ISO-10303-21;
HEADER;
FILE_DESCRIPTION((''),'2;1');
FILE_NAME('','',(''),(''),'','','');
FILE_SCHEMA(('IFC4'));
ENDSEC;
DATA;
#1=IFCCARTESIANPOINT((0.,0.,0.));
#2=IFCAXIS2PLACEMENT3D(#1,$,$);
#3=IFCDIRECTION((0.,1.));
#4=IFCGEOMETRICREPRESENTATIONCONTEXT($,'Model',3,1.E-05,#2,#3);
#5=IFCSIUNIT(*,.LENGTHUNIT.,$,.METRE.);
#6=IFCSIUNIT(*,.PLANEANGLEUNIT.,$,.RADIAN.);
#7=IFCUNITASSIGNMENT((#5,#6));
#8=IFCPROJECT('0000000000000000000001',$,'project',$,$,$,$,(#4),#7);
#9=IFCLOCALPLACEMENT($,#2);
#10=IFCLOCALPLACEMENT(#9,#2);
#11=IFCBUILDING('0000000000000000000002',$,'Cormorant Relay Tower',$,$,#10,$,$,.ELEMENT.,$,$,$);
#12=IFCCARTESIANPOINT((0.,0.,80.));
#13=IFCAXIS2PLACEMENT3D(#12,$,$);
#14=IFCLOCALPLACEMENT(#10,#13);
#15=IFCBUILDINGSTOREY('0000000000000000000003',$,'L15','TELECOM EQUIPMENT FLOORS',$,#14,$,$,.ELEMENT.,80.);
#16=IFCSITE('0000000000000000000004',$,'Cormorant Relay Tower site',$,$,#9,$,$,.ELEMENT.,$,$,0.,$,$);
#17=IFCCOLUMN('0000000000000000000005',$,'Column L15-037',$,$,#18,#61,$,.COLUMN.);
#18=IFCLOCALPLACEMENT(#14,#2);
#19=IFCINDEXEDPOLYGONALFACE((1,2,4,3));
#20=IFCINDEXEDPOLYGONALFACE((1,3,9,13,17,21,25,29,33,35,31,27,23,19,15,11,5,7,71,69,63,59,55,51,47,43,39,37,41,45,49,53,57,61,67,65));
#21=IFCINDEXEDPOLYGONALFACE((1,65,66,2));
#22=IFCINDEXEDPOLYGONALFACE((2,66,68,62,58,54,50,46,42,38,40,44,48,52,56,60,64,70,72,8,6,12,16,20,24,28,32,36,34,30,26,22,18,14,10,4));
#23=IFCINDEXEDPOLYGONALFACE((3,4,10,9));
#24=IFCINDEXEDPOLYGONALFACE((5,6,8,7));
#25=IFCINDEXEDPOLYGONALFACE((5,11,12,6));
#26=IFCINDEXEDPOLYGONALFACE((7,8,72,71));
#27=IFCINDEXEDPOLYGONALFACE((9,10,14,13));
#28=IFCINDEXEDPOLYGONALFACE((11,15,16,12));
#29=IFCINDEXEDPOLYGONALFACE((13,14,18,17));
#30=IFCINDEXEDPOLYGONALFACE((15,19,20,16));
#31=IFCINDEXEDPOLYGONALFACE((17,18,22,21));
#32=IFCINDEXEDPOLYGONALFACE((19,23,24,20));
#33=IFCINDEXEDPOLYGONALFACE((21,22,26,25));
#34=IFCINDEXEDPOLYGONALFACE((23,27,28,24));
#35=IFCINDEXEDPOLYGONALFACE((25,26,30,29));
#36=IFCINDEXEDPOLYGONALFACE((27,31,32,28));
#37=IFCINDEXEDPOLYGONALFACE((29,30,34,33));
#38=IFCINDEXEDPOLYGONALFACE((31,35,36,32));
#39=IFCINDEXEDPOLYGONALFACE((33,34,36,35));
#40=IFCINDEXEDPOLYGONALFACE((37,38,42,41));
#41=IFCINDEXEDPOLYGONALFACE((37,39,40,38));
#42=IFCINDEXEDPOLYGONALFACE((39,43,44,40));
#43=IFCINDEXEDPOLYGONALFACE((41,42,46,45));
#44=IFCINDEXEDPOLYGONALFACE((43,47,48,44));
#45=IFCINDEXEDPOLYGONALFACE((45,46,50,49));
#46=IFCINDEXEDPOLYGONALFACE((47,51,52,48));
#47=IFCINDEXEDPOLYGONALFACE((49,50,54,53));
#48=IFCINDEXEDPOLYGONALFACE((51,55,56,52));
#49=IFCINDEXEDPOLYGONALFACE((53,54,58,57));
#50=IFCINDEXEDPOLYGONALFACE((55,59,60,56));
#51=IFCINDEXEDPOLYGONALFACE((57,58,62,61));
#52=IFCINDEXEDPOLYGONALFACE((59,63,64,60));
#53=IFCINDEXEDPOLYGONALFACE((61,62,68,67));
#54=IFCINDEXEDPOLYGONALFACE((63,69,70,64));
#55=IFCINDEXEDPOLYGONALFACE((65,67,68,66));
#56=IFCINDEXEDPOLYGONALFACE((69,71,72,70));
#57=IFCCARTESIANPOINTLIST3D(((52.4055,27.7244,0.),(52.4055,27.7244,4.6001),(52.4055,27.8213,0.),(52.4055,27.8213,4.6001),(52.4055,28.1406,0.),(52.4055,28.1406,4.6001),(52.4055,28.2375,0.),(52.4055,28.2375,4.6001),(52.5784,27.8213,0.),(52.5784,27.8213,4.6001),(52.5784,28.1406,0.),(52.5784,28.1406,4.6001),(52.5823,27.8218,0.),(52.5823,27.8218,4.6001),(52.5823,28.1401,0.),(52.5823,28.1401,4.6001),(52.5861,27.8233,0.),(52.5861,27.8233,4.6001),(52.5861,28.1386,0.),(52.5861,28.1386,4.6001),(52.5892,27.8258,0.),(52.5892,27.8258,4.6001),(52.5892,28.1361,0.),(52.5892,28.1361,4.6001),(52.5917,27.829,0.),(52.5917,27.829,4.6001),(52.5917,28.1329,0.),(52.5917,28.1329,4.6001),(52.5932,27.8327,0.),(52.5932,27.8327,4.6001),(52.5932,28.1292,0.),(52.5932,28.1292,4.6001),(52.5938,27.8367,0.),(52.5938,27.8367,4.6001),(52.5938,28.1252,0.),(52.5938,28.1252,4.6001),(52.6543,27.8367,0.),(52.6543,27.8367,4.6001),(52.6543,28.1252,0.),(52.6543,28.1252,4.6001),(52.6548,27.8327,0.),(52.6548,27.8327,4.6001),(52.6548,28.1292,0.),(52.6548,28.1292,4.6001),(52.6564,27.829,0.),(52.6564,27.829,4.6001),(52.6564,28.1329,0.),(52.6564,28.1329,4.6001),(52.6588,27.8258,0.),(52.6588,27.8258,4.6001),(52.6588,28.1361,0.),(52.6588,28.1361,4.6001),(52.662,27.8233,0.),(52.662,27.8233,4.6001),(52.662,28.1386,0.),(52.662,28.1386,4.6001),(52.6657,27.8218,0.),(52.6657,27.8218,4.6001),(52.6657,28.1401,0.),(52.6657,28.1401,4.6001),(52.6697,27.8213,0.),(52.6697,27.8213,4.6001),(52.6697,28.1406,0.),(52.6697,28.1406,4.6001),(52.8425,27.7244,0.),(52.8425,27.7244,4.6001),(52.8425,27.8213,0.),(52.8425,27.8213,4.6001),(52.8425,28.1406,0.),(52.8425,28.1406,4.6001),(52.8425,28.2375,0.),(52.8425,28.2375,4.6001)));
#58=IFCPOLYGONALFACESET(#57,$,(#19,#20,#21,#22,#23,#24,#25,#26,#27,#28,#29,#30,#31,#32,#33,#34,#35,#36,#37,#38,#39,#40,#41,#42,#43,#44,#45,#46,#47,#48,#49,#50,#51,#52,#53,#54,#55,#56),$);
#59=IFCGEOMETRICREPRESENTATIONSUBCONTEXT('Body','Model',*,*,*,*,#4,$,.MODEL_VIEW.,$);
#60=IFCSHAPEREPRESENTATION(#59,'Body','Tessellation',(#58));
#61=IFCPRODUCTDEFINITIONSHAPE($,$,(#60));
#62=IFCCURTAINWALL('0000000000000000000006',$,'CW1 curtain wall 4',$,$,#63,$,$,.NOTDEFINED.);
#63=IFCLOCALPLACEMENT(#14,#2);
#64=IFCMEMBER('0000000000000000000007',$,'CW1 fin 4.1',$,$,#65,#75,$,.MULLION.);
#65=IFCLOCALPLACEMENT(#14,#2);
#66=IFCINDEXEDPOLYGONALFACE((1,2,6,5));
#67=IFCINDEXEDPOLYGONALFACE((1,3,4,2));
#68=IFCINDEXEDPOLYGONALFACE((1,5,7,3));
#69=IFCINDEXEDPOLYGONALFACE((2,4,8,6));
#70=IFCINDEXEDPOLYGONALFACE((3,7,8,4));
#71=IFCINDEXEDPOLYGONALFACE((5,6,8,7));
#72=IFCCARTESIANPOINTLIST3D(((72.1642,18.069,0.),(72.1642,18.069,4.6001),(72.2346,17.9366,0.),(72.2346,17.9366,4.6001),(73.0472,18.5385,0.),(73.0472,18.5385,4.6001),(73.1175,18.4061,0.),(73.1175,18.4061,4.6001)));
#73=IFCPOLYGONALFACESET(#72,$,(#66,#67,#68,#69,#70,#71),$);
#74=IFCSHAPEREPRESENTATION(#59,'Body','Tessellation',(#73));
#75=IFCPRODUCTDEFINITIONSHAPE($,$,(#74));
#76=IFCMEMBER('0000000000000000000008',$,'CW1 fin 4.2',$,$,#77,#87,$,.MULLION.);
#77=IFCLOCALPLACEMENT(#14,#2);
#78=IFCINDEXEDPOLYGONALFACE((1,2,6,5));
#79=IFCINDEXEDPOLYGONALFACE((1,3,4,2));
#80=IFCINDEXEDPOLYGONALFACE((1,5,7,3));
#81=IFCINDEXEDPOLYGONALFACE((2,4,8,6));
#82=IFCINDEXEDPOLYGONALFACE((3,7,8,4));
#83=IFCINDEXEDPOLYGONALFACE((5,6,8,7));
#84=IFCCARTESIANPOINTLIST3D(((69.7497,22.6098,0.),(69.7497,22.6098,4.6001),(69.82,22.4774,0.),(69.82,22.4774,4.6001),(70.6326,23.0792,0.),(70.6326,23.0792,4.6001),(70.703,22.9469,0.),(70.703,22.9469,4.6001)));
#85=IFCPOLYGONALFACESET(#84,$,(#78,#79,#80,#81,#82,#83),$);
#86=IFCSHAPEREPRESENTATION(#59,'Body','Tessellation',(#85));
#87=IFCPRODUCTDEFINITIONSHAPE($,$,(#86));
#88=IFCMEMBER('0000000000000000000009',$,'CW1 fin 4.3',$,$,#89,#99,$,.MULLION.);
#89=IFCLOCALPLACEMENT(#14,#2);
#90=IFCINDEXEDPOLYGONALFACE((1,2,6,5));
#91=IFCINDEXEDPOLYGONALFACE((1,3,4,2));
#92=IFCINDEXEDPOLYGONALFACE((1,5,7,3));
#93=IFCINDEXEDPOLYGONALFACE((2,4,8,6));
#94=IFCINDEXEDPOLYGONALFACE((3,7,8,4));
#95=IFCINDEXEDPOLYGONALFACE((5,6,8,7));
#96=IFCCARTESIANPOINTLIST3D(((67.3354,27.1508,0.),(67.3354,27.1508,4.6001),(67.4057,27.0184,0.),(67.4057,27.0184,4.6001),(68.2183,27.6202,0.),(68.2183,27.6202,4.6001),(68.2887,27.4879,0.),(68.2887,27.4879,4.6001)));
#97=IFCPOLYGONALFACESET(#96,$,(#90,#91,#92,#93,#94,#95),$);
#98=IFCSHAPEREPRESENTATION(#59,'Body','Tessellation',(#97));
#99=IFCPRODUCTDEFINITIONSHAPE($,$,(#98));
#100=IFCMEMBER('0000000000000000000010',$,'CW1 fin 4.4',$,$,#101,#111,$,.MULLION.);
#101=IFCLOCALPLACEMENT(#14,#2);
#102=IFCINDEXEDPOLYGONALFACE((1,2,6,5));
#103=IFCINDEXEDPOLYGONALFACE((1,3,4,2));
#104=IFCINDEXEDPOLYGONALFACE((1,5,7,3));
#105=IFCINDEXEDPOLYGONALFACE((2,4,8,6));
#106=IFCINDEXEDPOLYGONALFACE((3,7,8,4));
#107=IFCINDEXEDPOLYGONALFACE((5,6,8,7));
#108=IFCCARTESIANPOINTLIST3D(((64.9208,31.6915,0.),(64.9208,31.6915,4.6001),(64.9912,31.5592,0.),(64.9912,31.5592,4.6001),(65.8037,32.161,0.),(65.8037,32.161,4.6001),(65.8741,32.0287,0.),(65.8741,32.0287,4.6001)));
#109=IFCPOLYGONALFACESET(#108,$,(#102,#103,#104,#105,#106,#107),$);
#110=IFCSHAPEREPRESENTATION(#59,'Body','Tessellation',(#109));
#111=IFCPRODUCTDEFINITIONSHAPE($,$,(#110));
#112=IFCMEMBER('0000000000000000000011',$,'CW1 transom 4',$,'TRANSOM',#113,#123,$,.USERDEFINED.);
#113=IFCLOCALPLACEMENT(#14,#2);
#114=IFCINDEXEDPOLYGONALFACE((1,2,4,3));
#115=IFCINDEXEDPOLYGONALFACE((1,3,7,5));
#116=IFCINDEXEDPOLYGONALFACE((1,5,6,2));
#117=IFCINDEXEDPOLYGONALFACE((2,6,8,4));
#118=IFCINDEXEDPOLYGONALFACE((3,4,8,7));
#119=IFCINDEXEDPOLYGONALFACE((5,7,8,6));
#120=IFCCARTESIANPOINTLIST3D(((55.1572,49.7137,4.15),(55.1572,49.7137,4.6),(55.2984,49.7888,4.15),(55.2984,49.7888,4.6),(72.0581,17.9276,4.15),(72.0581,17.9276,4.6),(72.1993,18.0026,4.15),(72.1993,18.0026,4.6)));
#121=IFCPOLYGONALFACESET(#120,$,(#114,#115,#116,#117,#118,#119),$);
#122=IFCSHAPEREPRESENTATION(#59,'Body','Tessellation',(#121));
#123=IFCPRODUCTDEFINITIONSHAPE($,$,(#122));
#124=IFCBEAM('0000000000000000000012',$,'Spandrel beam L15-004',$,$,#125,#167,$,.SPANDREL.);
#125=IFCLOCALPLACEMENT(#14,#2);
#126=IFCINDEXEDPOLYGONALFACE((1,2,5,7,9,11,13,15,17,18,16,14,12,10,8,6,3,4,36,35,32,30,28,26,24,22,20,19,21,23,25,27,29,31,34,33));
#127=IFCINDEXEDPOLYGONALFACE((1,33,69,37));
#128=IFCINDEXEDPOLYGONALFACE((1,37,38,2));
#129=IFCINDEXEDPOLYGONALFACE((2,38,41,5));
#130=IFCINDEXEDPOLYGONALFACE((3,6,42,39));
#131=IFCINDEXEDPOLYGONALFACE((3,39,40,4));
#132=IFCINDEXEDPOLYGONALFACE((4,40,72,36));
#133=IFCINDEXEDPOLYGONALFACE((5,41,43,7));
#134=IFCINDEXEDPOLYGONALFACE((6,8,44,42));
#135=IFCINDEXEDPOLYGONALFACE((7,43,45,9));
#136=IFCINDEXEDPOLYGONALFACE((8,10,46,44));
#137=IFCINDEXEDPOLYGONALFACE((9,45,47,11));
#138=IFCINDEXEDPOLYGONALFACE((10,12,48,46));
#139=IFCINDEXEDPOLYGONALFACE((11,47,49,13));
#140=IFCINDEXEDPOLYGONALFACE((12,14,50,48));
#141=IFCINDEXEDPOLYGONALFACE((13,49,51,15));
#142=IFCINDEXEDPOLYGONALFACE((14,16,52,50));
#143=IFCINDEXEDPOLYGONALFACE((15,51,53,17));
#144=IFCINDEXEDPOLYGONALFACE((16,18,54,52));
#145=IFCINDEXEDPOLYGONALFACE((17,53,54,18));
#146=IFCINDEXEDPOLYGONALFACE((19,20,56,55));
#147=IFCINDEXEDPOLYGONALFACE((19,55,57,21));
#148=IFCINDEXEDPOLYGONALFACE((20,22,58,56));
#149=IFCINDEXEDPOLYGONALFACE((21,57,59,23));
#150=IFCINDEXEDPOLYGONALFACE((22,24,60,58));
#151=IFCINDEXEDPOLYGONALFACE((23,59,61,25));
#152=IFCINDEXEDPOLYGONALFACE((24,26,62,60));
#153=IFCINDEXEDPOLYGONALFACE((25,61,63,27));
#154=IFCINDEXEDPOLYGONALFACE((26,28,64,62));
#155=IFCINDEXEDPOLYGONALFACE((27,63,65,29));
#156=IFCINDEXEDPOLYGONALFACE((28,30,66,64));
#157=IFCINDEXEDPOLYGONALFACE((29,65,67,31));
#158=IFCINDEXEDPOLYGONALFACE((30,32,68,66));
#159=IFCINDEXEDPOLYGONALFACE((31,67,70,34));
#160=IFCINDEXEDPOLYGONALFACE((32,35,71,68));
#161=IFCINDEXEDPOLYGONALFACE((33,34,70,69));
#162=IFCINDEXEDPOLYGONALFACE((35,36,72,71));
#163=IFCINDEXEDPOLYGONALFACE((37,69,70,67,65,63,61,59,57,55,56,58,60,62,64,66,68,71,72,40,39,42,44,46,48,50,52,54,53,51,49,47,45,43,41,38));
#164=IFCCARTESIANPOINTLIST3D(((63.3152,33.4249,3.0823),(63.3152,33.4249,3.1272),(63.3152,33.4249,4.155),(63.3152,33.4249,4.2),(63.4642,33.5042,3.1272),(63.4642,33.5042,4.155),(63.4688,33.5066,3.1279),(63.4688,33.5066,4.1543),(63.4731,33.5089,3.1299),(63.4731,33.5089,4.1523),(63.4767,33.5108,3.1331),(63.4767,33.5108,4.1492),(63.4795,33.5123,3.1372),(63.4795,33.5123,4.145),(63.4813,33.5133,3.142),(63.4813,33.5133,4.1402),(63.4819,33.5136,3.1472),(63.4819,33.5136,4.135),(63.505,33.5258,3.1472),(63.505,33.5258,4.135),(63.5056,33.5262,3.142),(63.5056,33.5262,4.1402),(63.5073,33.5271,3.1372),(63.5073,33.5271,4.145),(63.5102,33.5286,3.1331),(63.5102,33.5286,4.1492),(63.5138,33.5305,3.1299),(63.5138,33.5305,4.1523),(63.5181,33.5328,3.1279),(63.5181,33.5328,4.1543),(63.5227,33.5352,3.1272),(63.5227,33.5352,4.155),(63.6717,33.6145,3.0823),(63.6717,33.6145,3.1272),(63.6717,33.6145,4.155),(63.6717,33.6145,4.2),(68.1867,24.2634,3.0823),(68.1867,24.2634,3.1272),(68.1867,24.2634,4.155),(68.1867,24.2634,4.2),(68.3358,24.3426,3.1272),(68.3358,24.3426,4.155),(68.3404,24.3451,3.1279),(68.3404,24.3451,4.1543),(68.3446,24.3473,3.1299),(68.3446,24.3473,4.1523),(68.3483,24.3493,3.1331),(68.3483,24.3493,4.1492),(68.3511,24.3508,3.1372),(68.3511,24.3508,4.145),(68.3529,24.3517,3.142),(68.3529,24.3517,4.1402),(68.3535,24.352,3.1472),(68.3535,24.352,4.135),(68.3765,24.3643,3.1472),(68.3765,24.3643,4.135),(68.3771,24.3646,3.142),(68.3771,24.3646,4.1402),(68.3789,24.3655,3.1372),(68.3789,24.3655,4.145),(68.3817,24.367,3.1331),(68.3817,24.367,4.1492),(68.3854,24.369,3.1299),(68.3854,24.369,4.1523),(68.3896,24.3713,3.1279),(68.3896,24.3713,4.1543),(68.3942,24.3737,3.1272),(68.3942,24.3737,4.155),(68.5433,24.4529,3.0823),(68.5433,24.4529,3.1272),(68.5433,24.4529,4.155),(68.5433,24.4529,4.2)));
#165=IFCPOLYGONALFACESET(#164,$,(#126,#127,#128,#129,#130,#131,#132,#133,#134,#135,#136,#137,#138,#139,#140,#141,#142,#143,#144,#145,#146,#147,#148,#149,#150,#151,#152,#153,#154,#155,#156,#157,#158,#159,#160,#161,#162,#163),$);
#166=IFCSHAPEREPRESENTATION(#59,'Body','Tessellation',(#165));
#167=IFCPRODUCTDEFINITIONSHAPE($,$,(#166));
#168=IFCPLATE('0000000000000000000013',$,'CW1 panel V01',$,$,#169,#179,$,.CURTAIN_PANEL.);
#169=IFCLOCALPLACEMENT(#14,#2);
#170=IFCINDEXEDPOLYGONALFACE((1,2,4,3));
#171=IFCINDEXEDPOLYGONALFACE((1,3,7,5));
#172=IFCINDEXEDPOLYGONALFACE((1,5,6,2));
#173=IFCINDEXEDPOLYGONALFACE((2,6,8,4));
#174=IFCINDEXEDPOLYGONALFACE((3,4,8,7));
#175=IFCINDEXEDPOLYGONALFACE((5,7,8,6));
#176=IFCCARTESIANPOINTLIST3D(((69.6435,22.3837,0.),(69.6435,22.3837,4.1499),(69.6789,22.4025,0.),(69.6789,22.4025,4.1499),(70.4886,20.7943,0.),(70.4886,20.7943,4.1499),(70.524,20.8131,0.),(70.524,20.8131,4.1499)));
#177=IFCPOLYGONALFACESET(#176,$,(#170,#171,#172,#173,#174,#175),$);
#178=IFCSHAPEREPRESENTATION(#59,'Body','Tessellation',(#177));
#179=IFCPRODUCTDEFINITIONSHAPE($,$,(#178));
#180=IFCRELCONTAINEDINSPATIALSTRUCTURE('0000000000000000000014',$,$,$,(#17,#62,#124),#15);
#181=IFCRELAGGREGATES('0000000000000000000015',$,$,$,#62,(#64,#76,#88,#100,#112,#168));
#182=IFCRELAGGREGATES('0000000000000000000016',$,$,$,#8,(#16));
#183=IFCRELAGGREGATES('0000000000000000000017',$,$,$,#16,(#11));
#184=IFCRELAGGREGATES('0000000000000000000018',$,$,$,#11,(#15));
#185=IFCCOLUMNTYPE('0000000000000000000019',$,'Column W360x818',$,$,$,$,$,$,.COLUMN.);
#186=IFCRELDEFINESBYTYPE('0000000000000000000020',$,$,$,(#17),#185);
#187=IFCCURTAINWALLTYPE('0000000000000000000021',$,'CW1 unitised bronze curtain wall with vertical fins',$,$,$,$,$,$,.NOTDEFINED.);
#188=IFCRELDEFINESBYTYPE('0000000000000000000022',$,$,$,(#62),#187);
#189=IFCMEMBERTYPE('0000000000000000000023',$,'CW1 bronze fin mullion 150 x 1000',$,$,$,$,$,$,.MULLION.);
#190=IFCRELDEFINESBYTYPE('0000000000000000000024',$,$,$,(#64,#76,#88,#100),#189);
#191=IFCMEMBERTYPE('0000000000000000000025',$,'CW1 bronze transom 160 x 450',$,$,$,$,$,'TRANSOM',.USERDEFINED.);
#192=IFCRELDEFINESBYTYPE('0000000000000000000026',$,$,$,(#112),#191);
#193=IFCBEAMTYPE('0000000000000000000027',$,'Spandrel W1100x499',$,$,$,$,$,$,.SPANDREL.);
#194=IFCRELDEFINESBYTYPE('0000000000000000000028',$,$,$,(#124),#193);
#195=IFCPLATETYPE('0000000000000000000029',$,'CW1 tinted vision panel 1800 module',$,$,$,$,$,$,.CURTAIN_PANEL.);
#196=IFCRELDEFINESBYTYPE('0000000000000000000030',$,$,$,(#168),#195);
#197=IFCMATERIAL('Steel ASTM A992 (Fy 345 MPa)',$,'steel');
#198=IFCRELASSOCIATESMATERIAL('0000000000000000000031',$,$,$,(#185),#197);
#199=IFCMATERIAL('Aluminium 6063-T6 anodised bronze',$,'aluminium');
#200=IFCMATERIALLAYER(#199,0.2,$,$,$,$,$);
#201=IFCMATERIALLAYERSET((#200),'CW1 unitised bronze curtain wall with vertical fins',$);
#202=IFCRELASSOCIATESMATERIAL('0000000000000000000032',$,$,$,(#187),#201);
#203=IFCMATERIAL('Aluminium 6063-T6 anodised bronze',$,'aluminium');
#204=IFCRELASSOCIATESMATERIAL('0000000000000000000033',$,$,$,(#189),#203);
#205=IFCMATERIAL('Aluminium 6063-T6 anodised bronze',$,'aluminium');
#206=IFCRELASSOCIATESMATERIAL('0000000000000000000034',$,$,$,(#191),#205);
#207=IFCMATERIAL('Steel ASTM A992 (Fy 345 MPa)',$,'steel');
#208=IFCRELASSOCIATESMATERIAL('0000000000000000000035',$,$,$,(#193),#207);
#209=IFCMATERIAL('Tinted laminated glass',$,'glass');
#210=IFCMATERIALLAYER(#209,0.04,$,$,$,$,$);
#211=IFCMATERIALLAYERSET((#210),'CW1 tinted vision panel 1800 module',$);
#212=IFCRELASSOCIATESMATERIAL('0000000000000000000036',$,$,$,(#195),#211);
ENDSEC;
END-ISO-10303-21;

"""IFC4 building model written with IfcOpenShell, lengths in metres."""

from ifc_helpers import new_model, si_unit, direction, frame, origin, origin_2d, place, context, subcontext, project, spatial, rectangle, i_section, extrude, material, layer, layer_set, material_profile, profile_set, type_object, element, aggregate, save


model = new_model("IFC4")

# Units and contexts
model_context = context("Model", 3, precision=1e-05, world=origin(), true_north=direction((0.0, 1.0)))
body_context = subcontext(model_context, "Body", "Model", "MODEL_VIEW")
ifc_project = project(units=[si_unit("LENGTHUNIT", "METRE"), si_unit("PLANEANGLEUNIT", "RADIAN")], contexts=[model_context])

# Site, building, storey
site_placement = place(None, origin())
site = spatial("IfcSite", under=ifc_project, at=site_placement, Name="Cormorant Relay Tower site", CompositionType="ELEMENT", RefElevation=0.0)
building_placement = place(site_placement, origin())
building = spatial("IfcBuilding", under=site, at=building_placement, Name="Cormorant Relay Tower", CompositionType="ELEMENT")
storey_placement = place(building_placement, frame((0.0, 0.0, 80.0)))
storey = spatial("IfcBuildingStorey", under=building, at=storey_placement, Name="L15", Description="TELECOM EQUIPMENT FLOORS", CompositionType="ELEMENT", Elevation=80.0)

# Column
ifc_material_1 = material(Name="Steel ASTM A992 (Fy 345 MPa)", Category="steel")
ifc_material_profile_1 = material_profile(ifc_material_1, i_section(OverallWidth=0.437, OverallDepth=0.5132, WebThickness=0.0605, FlangeThickness=0.0969, FilletRadius=0.0154, at=origin_2d()), Name="W360x818")
ifc_profile_set_1 = profile_set([ifc_material_profile_1], Name="Steel ASTM A992 (Fy 345 MPa)")
column_type_1 = type_object("IfcColumnType", Name="Column W360x818", PredefinedType="COLUMN", material=ifc_profile_set_1)
for number, where, z_axis, x_axis, name in (
    (1, (52.624, 27.981, 0.0), (0.0, 0.0, 1.0), (1.0, 0.0, 0.0), "Column L15-037"),
):
    element("IfcColumn", number, at=place(storey_placement, frame(where, z_axis=z_axis, x_axis=x_axis)), inside=storey, type_object=column_type_1, Name=name, PredefinedType="COLUMN", context=body_context, shape_type="SweptSolid", body=[
        extrude(i_section(OverallWidth=0.437, OverallDepth=0.5132, WebThickness=0.0605, FlangeThickness=0.0969, FilletRadius=0.0154, at=origin_2d()), origin(), (0.0, 0.0, 1.0), 4.6001),
    ])

# Curtain wall, members
ifc_material_2 = material(Name="Aluminium 6063-T6 anodised bronze", Category="aluminium")
ifc_layer_1 = layer(ifc_material_2, 0.2)
ifc_layer_set_1 = layer_set([ifc_layer_1], Name="CW1 unitised bronze curtain wall with vertical fins")
curtain_wall_type = type_object("IfcCurtainWallType", Name="CW1 unitised bronze curtain wall with vertical fins", PredefinedType="NOTDEFINED", material=ifc_layer_set_1)
curtain_wall_placement = place(storey_placement, origin())
curtain_wall = element("IfcCurtainWall", 2, at=curtain_wall_placement, inside=storey, type_object=curtain_wall_type, Name="CW1 curtain wall 4", PredefinedType="NOTDEFINED")
ifc_material_3 = material(Name="Aluminium 6063-T6 anodised bronze", Category="aluminium")
ifc_material_profile_2 = material_profile(ifc_material_3, rectangle(XDim=0.1499, YDim=1.0, at=origin_2d()), Name="AL 150x1000")
ifc_profile_set_2 = profile_set([ifc_material_profile_2], Name="Aluminium 6063-T6 anodised bronze")
member_type_1 = type_object("IfcMemberType", Name="CW1 bronze fin mullion 150 x 1000", PredefinedType="MULLION", material=ifc_profile_set_2)
member_1_placement = place(storey_placement, frame((72.6409, 18.2375, 0.0), z_axis=(0.0, 0.0, 1.0), x_axis=(-0.469472, 0.882948, 0.0)))
member_1 = element("IfcMember", 3, at=member_1_placement, type_object=member_type_1, Name="CW1 fin 4.1", PredefinedType="MULLION", context=body_context, shape_type="SweptSolid", body=[
    extrude(rectangle(XDim=0.1499, YDim=1.0, at=origin_2d()), origin(), (0.0, 0.0, 1.0), 4.6001),
])
member_2_placement = place(storey_placement, frame((70.2263, 22.7783, 0.0), z_axis=(0.0, 0.0, 1.0), x_axis=(-0.469472, 0.882948, 0.0)))
member_2 = element("IfcMember", 4, at=member_2_placement, type_object=member_type_1, Name="CW1 fin 4.2", PredefinedType="MULLION", context=body_context, shape_type="SweptSolid", body=[
    extrude(rectangle(XDim=0.1499, YDim=1.0, at=origin_2d()), origin(), (0.0, 0.0, 1.0), 4.6001),
])
member_3_placement = place(storey_placement, frame((67.812, 27.3193, 0.0), z_axis=(0.0, 0.0, 1.0), x_axis=(-0.469472, 0.882948, 0.0)))
member_3 = element("IfcMember", 5, at=member_3_placement, type_object=member_type_1, Name="CW1 fin 4.3", PredefinedType="MULLION", context=body_context, shape_type="SweptSolid", body=[
    extrude(rectangle(XDim=0.1499, YDim=1.0, at=origin_2d()), origin(), (0.0, 0.0, 1.0), 4.6001),
])
member_4_placement = place(storey_placement, frame((65.3975, 31.8601, 0.0), z_axis=(0.0, 0.0, 1.0), x_axis=(-0.469472, 0.882948, 0.0)))
member_4 = element("IfcMember", 6, at=member_4_placement, type_object=member_type_1, Name="CW1 fin 4.4", PredefinedType="MULLION", context=body_context, shape_type="SweptSolid", body=[
    extrude(rectangle(XDim=0.1499, YDim=1.0, at=origin_2d()), origin(), (0.0, 0.0, 1.0), 4.6001),
])
ifc_material_4 = material(Name="Aluminium 6063-T6 anodised bronze", Category="aluminium")
ifc_material_profile_3 = material_profile(ifc_material_4, rectangle(XDim=0.1599, YDim=0.45, at=origin_2d()), Name="AL 160x450")
ifc_profile_set_3 = profile_set([ifc_material_profile_3], Name="Aluminium 6063-T6 anodised bronze")
member_type_2 = type_object("IfcMemberType", Name="CW1 bronze transom 160 x 450", ElementType="TRANSOM", PredefinedType="USERDEFINED", material=ifc_profile_set_3)
member_5_placement = place(storey_placement, frame((72.1287, 17.9651, 4.375), z_axis=(-0.469469, 0.882949, 0.0), x_axis=(-0.882949, -0.469469, 0.0)))
member_5 = element("IfcMember", 7, at=member_5_placement, type_object=member_type_2, Name="CW1 transom 4", ObjectType="TRANSOM", PredefinedType="USERDEFINED", context=body_context, shape_type="SweptSolid", body=[
    extrude(rectangle(XDim=0.1599, YDim=0.45, at=origin_2d()), origin(), (0.0, 0.0, 1.0), 36.0),
])

# Beam
ifc_material_5 = material(Name="Steel ASTM A992 (Fy 345 MPa)", Category="steel")
ifc_material_profile_4 = material_profile(ifc_material_5, i_section(OverallWidth=0.4038, OverallDepth=1.1177, WebThickness=0.0261, FlangeThickness=0.0449, FilletRadius=0.02, at=origin_2d()), Name="W1100x499")
ifc_profile_set_4 = profile_set([ifc_material_profile_4], Name="Steel ASTM A992 (Fy 345 MPa)")
beam_type = type_object("IfcBeamType", Name="Spandrel W1100x499", PredefinedType="SPANDREL", material=ifc_profile_set_4)
beam_placement = place(storey_placement, frame((68.365, 24.3582, 3.6411), z_axis=(-0.469491, 0.882937, 0.0), x_axis=(-0.882937, -0.469491, 0.0)))
element("IfcBeam", 8, at=beam_placement, inside=storey, type_object=beam_type, Name="Spandrel beam L15-004", PredefinedType="SPANDREL", context=body_context, shape_type="SweptSolid", body=[
    extrude(i_section(OverallWidth=0.4038, OverallDepth=1.1177, WebThickness=0.0261, FlangeThickness=0.0449, FilletRadius=0.02, at=origin_2d()), origin(), (0.0, 0.0, 1.0), 10.3762),
])

# Plate
ifc_material_6 = material(Name="Tinted laminated glass", Category="glass")
ifc_layer_2 = layer(ifc_material_6, 0.04)
ifc_layer_set_2 = layer_set([ifc_layer_2], Name="CW1 tinted vision panel 1800 module")
plate_type_1 = type_object("IfcPlateType", Name="CW1 tinted vision panel 1800 module", PredefinedType="CURTAIN_PANEL", material=ifc_layer_set_2)
plate_1_placement = place(storey_placement, frame((70.0837, 21.5984, 0.0), z_axis=(0.0, 0.0, 1.0), x_axis=(-0.469472, 0.882948, 0.0)))
plate_1 = element("IfcPlate", 9, at=plate_1_placement, type_object=plate_type_1, Name="CW1 panel V01", PredefinedType="CURTAIN_PANEL", context=body_context, shape_type="SweptSolid", body=[
    extrude(rectangle(XDim=1.8, YDim=0.04, at=origin_2d()), origin(), (0.0, 0.0, 1.0), 4.1499),
])

aggregate(curtain_wall, [member_1, member_2, member_3, member_4, member_5, plate_1])

save(model, "model.ifc")
